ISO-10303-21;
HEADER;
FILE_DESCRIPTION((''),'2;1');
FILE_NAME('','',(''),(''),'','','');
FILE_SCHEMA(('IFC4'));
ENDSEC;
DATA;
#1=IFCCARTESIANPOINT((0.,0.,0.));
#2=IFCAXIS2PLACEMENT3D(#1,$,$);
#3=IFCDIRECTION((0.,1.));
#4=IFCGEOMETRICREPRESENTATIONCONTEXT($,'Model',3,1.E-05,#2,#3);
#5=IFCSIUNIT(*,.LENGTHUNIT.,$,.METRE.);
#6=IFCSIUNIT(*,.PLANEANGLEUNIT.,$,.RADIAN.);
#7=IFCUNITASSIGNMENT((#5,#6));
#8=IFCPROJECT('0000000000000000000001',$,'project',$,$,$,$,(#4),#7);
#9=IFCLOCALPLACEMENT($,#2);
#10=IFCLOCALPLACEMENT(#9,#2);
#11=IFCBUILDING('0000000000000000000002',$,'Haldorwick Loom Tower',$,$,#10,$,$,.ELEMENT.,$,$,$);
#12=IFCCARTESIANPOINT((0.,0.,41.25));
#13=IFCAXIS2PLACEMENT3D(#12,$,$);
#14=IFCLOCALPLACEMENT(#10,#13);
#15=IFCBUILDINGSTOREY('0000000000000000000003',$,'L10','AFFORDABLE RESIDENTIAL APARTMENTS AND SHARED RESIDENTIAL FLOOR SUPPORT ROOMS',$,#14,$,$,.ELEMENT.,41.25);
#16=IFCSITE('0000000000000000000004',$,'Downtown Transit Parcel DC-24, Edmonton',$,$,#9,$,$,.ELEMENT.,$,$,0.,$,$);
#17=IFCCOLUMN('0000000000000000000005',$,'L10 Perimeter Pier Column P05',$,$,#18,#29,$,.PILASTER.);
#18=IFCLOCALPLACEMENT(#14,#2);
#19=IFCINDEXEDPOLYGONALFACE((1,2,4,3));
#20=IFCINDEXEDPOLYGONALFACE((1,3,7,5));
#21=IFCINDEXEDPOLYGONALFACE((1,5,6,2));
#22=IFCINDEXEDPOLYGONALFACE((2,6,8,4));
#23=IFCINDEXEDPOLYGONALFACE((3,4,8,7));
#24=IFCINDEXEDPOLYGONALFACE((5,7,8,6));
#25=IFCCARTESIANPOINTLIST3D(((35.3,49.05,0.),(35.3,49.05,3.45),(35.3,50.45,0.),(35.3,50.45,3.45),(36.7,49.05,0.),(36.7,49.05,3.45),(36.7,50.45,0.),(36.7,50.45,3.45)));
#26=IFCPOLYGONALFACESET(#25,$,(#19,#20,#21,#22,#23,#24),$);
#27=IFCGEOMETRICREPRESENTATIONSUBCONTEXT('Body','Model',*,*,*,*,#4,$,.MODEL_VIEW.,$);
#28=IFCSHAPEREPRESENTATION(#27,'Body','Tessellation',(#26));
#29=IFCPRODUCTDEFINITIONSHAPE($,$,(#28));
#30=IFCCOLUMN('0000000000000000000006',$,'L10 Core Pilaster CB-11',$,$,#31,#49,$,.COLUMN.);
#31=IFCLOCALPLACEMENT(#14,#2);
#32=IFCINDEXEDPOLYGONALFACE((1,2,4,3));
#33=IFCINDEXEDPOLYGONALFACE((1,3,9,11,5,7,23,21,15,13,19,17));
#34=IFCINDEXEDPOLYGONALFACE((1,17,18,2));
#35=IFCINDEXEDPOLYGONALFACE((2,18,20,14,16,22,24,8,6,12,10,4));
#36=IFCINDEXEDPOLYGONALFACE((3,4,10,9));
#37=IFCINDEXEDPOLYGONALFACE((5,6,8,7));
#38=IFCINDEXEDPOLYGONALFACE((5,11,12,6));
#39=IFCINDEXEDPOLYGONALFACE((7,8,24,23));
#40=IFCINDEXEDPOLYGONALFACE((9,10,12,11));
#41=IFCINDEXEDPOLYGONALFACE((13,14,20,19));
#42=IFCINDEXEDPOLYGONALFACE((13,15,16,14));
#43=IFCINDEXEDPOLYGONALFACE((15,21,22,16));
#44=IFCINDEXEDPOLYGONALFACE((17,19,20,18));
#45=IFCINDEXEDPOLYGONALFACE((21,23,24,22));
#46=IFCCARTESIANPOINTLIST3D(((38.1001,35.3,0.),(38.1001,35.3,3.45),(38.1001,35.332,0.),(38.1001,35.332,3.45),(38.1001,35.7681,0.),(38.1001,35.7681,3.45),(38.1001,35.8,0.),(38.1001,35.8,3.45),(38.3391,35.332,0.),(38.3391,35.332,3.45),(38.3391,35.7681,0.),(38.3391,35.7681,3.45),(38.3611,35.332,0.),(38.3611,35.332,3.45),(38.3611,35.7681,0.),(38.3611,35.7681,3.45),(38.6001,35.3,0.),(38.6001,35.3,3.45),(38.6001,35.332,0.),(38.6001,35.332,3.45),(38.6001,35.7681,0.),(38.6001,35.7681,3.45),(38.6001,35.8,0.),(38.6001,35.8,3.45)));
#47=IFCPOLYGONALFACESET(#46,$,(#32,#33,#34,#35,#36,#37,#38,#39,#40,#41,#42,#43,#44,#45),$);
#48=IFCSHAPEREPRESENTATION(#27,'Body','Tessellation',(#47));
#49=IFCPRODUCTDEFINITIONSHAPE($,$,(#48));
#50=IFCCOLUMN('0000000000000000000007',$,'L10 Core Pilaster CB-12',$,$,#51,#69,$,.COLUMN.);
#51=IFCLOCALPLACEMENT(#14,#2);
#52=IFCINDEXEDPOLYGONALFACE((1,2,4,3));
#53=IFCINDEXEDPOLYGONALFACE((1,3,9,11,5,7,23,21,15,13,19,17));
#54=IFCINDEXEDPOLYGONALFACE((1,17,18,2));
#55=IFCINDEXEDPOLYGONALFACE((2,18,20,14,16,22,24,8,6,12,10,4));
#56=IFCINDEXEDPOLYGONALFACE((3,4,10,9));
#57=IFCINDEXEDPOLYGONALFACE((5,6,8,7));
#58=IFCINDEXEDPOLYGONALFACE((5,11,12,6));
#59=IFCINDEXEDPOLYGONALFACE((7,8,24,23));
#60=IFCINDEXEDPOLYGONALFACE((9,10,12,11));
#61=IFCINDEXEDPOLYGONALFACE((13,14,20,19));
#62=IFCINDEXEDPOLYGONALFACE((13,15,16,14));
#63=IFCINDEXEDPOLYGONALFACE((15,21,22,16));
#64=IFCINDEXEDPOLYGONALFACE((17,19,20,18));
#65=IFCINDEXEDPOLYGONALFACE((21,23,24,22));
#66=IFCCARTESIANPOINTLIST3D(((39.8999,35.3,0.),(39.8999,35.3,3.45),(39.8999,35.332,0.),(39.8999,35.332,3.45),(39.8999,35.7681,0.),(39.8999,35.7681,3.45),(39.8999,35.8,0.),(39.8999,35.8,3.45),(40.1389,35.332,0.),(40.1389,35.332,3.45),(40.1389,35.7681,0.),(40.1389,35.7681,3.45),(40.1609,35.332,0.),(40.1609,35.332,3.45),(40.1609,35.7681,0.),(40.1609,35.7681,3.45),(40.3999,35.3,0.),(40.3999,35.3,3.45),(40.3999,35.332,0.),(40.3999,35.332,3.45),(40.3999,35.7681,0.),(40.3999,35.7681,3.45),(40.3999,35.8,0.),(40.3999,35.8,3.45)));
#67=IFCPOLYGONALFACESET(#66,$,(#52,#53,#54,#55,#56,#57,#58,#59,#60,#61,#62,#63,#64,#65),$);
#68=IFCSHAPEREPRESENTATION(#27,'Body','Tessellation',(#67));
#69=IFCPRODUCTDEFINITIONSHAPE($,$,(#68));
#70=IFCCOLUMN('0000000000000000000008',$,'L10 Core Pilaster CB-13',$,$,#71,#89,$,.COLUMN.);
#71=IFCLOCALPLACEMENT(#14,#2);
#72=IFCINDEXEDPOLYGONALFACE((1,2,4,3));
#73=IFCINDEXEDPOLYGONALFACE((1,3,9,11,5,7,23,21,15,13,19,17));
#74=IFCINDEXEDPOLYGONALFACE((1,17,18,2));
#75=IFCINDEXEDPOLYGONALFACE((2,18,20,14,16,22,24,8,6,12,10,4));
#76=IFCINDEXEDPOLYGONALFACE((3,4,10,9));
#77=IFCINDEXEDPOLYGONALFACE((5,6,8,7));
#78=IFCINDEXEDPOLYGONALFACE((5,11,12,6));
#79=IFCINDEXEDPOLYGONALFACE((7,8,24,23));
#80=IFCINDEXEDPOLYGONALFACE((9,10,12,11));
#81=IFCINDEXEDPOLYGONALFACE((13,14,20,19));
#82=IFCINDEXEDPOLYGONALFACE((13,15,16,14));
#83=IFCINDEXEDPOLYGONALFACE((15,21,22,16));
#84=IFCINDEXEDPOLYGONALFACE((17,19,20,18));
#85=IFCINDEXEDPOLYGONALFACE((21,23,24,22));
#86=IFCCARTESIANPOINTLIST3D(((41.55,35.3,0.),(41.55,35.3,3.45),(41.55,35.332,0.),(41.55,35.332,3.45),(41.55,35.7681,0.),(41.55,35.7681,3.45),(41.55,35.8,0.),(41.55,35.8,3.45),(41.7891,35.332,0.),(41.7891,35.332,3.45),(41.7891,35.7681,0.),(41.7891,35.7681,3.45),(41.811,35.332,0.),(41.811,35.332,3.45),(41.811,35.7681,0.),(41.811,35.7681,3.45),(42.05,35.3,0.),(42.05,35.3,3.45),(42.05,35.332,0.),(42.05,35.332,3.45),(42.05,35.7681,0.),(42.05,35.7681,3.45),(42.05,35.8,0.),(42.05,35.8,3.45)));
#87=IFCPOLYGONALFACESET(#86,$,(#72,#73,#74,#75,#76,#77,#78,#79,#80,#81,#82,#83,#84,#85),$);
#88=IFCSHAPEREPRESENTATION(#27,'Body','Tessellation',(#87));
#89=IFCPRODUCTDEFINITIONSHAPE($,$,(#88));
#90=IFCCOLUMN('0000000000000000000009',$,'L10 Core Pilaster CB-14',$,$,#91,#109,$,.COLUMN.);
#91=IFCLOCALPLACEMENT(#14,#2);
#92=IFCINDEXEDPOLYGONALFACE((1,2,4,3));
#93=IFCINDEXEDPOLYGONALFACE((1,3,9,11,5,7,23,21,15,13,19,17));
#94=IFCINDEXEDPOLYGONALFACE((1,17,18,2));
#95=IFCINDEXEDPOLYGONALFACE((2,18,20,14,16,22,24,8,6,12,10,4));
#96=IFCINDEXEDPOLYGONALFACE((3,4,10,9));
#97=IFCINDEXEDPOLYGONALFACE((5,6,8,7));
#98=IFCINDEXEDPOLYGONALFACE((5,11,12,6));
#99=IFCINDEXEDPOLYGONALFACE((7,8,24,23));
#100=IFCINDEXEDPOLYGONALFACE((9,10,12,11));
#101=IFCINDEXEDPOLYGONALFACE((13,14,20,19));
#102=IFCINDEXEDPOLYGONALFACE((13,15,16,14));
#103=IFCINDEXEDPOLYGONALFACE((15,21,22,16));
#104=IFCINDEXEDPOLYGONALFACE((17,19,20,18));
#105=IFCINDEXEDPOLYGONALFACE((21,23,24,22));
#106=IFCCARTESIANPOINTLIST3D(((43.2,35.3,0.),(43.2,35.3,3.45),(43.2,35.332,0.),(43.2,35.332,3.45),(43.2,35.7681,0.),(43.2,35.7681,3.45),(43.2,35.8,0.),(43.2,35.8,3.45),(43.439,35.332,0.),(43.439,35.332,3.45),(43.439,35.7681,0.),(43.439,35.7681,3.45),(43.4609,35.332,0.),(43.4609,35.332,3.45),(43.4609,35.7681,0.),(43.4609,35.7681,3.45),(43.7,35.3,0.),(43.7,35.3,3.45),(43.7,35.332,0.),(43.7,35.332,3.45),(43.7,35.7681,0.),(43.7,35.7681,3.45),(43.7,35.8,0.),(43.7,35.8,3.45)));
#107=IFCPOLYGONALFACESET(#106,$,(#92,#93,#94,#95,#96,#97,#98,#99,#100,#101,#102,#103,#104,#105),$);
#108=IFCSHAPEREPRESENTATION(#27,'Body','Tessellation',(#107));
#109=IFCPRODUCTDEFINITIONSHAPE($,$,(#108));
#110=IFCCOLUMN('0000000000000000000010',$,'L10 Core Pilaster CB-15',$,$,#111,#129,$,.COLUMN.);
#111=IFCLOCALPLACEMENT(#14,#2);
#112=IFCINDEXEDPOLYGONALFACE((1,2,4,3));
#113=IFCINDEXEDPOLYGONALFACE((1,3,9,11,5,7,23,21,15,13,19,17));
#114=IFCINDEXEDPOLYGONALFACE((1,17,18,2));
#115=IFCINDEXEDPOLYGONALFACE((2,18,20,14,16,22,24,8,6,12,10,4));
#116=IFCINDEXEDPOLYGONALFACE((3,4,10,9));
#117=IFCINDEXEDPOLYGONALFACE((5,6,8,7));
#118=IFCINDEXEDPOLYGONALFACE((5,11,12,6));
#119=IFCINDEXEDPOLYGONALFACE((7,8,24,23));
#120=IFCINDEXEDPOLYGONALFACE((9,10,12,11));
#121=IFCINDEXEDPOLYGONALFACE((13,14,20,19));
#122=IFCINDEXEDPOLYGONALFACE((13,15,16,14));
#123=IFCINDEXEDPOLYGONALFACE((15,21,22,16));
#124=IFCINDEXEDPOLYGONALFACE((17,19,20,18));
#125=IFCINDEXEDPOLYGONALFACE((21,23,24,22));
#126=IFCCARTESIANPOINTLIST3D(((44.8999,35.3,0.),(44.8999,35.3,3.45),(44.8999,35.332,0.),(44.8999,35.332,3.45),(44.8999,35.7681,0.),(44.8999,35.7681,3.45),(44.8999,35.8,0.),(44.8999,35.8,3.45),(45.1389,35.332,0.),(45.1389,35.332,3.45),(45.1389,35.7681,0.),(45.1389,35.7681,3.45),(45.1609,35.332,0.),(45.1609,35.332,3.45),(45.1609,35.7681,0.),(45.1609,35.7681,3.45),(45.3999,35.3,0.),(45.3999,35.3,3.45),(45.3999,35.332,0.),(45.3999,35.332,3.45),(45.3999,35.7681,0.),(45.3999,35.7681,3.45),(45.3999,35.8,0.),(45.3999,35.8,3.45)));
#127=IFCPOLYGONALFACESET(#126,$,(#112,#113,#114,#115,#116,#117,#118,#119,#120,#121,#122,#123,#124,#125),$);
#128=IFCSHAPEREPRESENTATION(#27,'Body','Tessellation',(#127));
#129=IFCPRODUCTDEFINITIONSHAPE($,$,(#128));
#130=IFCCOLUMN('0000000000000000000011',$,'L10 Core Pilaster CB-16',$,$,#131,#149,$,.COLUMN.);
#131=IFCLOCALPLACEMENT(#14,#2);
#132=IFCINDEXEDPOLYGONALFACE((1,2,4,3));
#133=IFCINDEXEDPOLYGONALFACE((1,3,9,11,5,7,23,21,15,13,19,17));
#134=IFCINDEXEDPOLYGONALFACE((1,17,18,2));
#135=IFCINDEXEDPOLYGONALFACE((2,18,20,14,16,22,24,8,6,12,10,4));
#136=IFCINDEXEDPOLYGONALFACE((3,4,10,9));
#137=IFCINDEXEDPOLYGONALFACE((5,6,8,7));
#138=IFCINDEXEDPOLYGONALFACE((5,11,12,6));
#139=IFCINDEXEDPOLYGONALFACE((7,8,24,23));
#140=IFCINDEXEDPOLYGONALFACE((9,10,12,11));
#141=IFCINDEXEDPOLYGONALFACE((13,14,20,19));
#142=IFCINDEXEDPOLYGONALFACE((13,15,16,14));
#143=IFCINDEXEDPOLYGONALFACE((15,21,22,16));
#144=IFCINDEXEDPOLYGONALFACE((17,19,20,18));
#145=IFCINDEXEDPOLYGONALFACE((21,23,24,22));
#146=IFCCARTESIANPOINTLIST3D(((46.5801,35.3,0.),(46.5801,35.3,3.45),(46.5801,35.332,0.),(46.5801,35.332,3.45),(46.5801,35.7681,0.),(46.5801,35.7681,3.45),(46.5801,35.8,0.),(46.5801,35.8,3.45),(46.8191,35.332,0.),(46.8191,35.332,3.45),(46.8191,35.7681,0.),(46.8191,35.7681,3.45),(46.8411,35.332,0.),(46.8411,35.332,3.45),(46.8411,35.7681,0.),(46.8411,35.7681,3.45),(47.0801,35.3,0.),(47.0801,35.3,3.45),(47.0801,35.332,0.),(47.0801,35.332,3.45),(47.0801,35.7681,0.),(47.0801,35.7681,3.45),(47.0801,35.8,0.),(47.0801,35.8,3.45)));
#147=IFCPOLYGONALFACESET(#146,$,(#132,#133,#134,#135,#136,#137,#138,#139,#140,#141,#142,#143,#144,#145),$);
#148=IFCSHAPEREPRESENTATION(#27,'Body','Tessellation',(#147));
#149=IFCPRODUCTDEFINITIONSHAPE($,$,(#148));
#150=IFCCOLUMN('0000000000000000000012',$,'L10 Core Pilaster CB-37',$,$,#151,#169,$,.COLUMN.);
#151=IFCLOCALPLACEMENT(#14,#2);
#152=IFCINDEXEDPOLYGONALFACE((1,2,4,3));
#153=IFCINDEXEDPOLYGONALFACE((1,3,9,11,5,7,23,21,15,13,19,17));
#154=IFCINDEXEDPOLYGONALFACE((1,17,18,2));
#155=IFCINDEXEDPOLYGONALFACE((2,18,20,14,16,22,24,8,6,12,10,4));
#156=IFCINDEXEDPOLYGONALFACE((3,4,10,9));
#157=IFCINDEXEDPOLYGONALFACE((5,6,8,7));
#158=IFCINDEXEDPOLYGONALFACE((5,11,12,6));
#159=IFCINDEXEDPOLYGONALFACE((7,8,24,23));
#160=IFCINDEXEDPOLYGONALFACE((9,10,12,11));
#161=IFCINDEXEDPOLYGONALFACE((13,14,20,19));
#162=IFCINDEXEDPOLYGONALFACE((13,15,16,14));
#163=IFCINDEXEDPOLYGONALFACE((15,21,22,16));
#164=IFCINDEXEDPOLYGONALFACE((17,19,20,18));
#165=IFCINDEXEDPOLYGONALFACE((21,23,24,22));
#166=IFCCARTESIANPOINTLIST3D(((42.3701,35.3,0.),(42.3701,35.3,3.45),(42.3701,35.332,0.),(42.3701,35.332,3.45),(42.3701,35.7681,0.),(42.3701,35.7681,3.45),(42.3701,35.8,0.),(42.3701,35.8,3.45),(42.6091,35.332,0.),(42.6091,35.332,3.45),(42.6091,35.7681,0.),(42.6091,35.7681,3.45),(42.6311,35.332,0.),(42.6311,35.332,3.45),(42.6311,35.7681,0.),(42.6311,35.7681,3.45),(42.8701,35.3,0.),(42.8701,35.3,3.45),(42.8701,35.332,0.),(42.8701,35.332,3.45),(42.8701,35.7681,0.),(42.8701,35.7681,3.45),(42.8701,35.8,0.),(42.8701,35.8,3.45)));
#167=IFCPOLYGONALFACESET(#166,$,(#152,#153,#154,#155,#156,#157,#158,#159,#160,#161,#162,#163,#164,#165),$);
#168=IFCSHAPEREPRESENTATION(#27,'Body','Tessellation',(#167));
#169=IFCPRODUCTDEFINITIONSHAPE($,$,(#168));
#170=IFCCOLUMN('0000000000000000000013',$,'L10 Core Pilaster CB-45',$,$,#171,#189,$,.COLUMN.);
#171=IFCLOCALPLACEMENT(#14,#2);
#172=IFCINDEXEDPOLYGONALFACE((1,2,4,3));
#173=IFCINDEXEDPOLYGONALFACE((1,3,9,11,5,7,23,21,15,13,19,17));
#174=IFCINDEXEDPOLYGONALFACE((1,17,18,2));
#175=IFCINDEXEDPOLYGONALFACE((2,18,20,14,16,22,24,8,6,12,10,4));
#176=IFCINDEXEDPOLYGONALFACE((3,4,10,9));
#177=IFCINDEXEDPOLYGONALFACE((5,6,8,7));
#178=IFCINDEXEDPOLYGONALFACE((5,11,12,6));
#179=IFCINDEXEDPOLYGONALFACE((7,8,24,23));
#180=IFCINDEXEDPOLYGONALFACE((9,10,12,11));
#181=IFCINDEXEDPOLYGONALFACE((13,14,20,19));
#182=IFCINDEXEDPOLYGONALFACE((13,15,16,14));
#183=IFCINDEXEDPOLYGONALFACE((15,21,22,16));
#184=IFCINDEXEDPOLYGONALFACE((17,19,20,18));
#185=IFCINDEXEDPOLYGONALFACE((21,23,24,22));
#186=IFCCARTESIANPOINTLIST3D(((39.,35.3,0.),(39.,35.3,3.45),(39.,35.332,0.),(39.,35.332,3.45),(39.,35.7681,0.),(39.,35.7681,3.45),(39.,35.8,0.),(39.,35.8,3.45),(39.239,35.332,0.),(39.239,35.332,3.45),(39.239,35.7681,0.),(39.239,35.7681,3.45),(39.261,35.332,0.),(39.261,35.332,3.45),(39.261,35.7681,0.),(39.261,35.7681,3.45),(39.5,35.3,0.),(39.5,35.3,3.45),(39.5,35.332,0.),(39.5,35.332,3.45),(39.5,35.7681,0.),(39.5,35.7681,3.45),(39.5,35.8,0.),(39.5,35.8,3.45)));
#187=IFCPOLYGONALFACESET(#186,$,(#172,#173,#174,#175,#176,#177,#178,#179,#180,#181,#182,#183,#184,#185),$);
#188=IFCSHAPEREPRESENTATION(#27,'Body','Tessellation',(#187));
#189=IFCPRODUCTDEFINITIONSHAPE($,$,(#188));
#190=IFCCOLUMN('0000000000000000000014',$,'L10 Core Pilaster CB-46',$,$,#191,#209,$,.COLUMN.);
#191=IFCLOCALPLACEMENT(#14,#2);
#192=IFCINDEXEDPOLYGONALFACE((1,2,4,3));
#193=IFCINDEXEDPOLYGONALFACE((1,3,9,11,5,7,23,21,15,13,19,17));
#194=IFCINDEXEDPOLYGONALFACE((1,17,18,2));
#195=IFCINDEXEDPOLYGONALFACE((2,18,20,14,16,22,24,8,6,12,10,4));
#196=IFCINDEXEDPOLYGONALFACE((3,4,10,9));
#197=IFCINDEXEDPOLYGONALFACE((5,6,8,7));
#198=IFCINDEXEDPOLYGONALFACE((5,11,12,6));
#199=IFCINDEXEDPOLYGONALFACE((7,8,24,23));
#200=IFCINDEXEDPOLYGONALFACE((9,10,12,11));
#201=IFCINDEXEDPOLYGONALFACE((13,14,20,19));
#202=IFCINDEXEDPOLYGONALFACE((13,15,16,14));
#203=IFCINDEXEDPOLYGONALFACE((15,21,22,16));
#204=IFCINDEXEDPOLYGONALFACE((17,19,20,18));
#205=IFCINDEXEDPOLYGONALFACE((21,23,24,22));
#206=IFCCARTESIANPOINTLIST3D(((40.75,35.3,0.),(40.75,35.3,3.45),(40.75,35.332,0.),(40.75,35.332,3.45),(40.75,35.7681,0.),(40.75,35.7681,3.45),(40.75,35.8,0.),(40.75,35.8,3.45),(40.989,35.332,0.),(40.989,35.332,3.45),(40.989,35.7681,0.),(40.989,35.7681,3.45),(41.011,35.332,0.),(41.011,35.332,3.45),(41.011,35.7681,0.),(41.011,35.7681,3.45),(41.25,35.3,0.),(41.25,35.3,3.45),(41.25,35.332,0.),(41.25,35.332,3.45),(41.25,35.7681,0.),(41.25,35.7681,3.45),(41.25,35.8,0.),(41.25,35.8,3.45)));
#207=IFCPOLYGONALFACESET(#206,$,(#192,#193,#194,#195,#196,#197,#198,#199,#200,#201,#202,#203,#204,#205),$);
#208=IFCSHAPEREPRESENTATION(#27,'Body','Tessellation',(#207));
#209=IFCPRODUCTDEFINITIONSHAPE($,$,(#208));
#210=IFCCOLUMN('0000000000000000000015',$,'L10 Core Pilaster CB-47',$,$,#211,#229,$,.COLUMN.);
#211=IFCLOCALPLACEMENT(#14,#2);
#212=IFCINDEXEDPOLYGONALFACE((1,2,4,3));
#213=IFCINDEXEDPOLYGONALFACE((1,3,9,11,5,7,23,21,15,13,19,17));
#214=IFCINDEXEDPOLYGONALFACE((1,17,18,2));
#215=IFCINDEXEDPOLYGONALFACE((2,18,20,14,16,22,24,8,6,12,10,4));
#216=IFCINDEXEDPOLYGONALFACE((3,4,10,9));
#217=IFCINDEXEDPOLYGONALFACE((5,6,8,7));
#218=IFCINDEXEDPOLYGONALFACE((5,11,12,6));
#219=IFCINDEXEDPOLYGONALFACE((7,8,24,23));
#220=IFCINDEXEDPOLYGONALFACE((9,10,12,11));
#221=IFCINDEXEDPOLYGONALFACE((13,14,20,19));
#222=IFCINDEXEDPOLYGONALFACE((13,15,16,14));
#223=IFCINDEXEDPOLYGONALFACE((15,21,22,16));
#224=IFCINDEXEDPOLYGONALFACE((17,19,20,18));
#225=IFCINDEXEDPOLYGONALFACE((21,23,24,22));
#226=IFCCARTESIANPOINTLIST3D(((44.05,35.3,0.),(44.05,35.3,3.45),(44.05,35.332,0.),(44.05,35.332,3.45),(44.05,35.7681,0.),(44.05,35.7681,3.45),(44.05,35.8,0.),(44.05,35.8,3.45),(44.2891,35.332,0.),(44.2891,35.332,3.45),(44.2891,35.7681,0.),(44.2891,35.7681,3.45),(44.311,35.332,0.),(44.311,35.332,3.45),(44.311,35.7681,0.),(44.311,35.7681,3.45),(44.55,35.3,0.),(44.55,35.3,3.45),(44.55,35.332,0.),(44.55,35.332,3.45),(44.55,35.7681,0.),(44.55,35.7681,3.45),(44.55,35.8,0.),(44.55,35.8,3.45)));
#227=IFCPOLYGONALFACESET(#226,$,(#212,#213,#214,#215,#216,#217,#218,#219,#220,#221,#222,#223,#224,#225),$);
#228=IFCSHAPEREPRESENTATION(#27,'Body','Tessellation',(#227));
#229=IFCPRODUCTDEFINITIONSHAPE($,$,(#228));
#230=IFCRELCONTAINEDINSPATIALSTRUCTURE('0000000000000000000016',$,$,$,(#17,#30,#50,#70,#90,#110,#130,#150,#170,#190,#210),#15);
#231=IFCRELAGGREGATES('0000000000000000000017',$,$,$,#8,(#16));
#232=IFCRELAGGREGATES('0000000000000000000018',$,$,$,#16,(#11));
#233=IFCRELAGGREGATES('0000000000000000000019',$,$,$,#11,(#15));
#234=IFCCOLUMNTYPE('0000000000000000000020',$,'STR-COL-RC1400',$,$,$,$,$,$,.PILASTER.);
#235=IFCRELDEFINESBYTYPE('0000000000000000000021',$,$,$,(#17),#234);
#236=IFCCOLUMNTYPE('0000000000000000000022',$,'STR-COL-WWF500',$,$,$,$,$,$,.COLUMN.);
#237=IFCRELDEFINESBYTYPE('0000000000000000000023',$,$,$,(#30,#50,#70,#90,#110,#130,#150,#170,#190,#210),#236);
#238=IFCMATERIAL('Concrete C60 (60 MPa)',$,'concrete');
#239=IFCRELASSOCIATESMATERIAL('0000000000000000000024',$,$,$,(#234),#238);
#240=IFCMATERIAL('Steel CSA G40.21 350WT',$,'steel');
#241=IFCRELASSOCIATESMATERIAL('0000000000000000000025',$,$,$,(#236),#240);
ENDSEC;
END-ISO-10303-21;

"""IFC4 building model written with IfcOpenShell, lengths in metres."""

from ifc_helpers import new_model, si_unit, direction, frame, origin, origin_2d, place, context, subcontext, project, spatial, rectangle, i_section, extrude, material, material_profile, profile_set, type_object, element, save


model = new_model("IFC4")

# Units and contexts
model_context = context("Model", 3, precision=1e-05, world=origin(), true_north=direction((0.0, 1.0)))
body_context = subcontext(model_context, "Body", "Model", "MODEL_VIEW")
ifc_project = project(units=[si_unit("LENGTHUNIT", "METRE"), si_unit("PLANEANGLEUNIT", "RADIAN")], contexts=[model_context])

# Site, building, storey
site_placement = place(None, origin())
site = spatial("IfcSite", under=ifc_project, at=site_placement, Name="Downtown Transit Parcel DC-24, Edmonton", CompositionType="ELEMENT", RefElevation=0.0)
building_placement = place(site_placement, origin())
building = spatial("IfcBuilding", under=site, at=building_placement, Name="Haldorwick Loom Tower", CompositionType="ELEMENT")
storey_placement = place(building_placement, frame((0.0, 0.0, 41.25)))
storey = spatial("IfcBuildingStorey", under=building, at=storey_placement, Name="L10", Description="AFFORDABLE RESIDENTIAL APARTMENTS AND SHARED RESIDENTIAL FLOOR SUPPORT ROOMS", CompositionType="ELEMENT", Elevation=41.25)

# Columns
ifc_material_1 = material(Name="Concrete C60 (60 MPa)", Category="concrete")
ifc_material_profile_1 = material_profile(ifc_material_1, rectangle(XDim=1.3999, YDim=1.3999, at=origin_2d()), Name="RC1400X1400", Category="concrete")
ifc_profile_set_1 = profile_set([ifc_material_profile_1], Name="Concrete C60 (60 MPa)")
column_type_1 = type_object("IfcColumnType", Name="STR-COL-RC1400", PredefinedType="PILASTER", material=ifc_profile_set_1)
column_placement = place(storey_placement, frame((36.0, 49.75, 0.0), z_axis=(0.0, 0.0, 1.0), x_axis=(0.0, 1.0, 0.0)))
element("IfcColumn", 1, at=column_placement, inside=storey, type_object=column_type_1, Name="L10 Perimeter Pier Column P05", PredefinedType="PILASTER", context=body_context, shape_type="SweptSolid", body=[
    extrude(rectangle(XDim=1.3999, YDim=1.3999, at=origin_2d()), origin(), (0.0, 0.0, 1.0), 3.45),
])
ifc_material_2 = material(Name="Steel CSA G40.21 350WT", Category="steel")
ifc_material_profile_2 = material_profile(ifc_material_2, i_section(OverallWidth=0.5, OverallDepth=0.5, WebThickness=0.022, FlangeThickness=0.032, at=origin_2d()), Name="WWF500X500", Category="steel")
ifc_profile_set_2 = profile_set([ifc_material_profile_2], Name="Steel CSA G40.21 350WT")
column_type_2 = type_object("IfcColumnType", Name="STR-COL-WWF500", PredefinedType="COLUMN", material=ifc_profile_set_2)
for number, where, z_axis, x_axis, name in (
    (2, (38.3501, 35.55, 0.0), (0.0, 0.0, 1.0), (1.0, 0.0, 0.0), "L10 Core Pilaster CB-11"),
    (3, (40.1499, 35.55, 0.0), (0.0, 0.0, 1.0), (1.0, 0.0, 0.0), "L10 Core Pilaster CB-12"),
    (4, (41.8, 35.55, 0.0), (0.0, 0.0, 1.0), (1.0, 0.0, 0.0), "L10 Core Pilaster CB-13"),
    (5, (43.45, 35.55, 0.0), (0.0, 0.0, 1.0), (1.0, 0.0, 0.0), "L10 Core Pilaster CB-14"),
    (6, (45.1499, 35.55, 0.0), (0.0, 0.0, 1.0), (1.0, 0.0, 0.0), "L10 Core Pilaster CB-15"),
    (7, (46.8301, 35.55, 0.0), (0.0, 0.0, 1.0), (1.0, 0.0, 0.0), "L10 Core Pilaster CB-16"),
    (8, (42.6201, 35.55, 0.0), (0.0, 0.0, 1.0), (1.0, 0.0, 0.0), "L10 Core Pilaster CB-37"),
    (9, (39.25, 35.55, 0.0), (0.0, 0.0, 1.0), (1.0, 0.0, 0.0), "L10 Core Pilaster CB-45"),
    (10, (41.0, 35.55, 0.0), (0.0, 0.0, 1.0), (1.0, 0.0, 0.0), "L10 Core Pilaster CB-46"),
    (11, (44.3, 35.55, 0.0), (0.0, 0.0, 1.0), (1.0, 0.0, 0.0), "L10 Core Pilaster CB-47"),
):
    element("IfcColumn", number, at=place(storey_placement, frame(where, z_axis=z_axis, x_axis=x_axis)), inside=storey, type_object=column_type_2, Name=name, PredefinedType="COLUMN", context=body_context, shape_type="SweptSolid", body=[
        extrude(i_section(OverallWidth=0.5, OverallDepth=0.5, WebThickness=0.022, FlangeThickness=0.032, at=origin_2d()), origin(), (0.0, 0.0, 1.0), 3.45),
    ])

save(model, "model.ifc")
